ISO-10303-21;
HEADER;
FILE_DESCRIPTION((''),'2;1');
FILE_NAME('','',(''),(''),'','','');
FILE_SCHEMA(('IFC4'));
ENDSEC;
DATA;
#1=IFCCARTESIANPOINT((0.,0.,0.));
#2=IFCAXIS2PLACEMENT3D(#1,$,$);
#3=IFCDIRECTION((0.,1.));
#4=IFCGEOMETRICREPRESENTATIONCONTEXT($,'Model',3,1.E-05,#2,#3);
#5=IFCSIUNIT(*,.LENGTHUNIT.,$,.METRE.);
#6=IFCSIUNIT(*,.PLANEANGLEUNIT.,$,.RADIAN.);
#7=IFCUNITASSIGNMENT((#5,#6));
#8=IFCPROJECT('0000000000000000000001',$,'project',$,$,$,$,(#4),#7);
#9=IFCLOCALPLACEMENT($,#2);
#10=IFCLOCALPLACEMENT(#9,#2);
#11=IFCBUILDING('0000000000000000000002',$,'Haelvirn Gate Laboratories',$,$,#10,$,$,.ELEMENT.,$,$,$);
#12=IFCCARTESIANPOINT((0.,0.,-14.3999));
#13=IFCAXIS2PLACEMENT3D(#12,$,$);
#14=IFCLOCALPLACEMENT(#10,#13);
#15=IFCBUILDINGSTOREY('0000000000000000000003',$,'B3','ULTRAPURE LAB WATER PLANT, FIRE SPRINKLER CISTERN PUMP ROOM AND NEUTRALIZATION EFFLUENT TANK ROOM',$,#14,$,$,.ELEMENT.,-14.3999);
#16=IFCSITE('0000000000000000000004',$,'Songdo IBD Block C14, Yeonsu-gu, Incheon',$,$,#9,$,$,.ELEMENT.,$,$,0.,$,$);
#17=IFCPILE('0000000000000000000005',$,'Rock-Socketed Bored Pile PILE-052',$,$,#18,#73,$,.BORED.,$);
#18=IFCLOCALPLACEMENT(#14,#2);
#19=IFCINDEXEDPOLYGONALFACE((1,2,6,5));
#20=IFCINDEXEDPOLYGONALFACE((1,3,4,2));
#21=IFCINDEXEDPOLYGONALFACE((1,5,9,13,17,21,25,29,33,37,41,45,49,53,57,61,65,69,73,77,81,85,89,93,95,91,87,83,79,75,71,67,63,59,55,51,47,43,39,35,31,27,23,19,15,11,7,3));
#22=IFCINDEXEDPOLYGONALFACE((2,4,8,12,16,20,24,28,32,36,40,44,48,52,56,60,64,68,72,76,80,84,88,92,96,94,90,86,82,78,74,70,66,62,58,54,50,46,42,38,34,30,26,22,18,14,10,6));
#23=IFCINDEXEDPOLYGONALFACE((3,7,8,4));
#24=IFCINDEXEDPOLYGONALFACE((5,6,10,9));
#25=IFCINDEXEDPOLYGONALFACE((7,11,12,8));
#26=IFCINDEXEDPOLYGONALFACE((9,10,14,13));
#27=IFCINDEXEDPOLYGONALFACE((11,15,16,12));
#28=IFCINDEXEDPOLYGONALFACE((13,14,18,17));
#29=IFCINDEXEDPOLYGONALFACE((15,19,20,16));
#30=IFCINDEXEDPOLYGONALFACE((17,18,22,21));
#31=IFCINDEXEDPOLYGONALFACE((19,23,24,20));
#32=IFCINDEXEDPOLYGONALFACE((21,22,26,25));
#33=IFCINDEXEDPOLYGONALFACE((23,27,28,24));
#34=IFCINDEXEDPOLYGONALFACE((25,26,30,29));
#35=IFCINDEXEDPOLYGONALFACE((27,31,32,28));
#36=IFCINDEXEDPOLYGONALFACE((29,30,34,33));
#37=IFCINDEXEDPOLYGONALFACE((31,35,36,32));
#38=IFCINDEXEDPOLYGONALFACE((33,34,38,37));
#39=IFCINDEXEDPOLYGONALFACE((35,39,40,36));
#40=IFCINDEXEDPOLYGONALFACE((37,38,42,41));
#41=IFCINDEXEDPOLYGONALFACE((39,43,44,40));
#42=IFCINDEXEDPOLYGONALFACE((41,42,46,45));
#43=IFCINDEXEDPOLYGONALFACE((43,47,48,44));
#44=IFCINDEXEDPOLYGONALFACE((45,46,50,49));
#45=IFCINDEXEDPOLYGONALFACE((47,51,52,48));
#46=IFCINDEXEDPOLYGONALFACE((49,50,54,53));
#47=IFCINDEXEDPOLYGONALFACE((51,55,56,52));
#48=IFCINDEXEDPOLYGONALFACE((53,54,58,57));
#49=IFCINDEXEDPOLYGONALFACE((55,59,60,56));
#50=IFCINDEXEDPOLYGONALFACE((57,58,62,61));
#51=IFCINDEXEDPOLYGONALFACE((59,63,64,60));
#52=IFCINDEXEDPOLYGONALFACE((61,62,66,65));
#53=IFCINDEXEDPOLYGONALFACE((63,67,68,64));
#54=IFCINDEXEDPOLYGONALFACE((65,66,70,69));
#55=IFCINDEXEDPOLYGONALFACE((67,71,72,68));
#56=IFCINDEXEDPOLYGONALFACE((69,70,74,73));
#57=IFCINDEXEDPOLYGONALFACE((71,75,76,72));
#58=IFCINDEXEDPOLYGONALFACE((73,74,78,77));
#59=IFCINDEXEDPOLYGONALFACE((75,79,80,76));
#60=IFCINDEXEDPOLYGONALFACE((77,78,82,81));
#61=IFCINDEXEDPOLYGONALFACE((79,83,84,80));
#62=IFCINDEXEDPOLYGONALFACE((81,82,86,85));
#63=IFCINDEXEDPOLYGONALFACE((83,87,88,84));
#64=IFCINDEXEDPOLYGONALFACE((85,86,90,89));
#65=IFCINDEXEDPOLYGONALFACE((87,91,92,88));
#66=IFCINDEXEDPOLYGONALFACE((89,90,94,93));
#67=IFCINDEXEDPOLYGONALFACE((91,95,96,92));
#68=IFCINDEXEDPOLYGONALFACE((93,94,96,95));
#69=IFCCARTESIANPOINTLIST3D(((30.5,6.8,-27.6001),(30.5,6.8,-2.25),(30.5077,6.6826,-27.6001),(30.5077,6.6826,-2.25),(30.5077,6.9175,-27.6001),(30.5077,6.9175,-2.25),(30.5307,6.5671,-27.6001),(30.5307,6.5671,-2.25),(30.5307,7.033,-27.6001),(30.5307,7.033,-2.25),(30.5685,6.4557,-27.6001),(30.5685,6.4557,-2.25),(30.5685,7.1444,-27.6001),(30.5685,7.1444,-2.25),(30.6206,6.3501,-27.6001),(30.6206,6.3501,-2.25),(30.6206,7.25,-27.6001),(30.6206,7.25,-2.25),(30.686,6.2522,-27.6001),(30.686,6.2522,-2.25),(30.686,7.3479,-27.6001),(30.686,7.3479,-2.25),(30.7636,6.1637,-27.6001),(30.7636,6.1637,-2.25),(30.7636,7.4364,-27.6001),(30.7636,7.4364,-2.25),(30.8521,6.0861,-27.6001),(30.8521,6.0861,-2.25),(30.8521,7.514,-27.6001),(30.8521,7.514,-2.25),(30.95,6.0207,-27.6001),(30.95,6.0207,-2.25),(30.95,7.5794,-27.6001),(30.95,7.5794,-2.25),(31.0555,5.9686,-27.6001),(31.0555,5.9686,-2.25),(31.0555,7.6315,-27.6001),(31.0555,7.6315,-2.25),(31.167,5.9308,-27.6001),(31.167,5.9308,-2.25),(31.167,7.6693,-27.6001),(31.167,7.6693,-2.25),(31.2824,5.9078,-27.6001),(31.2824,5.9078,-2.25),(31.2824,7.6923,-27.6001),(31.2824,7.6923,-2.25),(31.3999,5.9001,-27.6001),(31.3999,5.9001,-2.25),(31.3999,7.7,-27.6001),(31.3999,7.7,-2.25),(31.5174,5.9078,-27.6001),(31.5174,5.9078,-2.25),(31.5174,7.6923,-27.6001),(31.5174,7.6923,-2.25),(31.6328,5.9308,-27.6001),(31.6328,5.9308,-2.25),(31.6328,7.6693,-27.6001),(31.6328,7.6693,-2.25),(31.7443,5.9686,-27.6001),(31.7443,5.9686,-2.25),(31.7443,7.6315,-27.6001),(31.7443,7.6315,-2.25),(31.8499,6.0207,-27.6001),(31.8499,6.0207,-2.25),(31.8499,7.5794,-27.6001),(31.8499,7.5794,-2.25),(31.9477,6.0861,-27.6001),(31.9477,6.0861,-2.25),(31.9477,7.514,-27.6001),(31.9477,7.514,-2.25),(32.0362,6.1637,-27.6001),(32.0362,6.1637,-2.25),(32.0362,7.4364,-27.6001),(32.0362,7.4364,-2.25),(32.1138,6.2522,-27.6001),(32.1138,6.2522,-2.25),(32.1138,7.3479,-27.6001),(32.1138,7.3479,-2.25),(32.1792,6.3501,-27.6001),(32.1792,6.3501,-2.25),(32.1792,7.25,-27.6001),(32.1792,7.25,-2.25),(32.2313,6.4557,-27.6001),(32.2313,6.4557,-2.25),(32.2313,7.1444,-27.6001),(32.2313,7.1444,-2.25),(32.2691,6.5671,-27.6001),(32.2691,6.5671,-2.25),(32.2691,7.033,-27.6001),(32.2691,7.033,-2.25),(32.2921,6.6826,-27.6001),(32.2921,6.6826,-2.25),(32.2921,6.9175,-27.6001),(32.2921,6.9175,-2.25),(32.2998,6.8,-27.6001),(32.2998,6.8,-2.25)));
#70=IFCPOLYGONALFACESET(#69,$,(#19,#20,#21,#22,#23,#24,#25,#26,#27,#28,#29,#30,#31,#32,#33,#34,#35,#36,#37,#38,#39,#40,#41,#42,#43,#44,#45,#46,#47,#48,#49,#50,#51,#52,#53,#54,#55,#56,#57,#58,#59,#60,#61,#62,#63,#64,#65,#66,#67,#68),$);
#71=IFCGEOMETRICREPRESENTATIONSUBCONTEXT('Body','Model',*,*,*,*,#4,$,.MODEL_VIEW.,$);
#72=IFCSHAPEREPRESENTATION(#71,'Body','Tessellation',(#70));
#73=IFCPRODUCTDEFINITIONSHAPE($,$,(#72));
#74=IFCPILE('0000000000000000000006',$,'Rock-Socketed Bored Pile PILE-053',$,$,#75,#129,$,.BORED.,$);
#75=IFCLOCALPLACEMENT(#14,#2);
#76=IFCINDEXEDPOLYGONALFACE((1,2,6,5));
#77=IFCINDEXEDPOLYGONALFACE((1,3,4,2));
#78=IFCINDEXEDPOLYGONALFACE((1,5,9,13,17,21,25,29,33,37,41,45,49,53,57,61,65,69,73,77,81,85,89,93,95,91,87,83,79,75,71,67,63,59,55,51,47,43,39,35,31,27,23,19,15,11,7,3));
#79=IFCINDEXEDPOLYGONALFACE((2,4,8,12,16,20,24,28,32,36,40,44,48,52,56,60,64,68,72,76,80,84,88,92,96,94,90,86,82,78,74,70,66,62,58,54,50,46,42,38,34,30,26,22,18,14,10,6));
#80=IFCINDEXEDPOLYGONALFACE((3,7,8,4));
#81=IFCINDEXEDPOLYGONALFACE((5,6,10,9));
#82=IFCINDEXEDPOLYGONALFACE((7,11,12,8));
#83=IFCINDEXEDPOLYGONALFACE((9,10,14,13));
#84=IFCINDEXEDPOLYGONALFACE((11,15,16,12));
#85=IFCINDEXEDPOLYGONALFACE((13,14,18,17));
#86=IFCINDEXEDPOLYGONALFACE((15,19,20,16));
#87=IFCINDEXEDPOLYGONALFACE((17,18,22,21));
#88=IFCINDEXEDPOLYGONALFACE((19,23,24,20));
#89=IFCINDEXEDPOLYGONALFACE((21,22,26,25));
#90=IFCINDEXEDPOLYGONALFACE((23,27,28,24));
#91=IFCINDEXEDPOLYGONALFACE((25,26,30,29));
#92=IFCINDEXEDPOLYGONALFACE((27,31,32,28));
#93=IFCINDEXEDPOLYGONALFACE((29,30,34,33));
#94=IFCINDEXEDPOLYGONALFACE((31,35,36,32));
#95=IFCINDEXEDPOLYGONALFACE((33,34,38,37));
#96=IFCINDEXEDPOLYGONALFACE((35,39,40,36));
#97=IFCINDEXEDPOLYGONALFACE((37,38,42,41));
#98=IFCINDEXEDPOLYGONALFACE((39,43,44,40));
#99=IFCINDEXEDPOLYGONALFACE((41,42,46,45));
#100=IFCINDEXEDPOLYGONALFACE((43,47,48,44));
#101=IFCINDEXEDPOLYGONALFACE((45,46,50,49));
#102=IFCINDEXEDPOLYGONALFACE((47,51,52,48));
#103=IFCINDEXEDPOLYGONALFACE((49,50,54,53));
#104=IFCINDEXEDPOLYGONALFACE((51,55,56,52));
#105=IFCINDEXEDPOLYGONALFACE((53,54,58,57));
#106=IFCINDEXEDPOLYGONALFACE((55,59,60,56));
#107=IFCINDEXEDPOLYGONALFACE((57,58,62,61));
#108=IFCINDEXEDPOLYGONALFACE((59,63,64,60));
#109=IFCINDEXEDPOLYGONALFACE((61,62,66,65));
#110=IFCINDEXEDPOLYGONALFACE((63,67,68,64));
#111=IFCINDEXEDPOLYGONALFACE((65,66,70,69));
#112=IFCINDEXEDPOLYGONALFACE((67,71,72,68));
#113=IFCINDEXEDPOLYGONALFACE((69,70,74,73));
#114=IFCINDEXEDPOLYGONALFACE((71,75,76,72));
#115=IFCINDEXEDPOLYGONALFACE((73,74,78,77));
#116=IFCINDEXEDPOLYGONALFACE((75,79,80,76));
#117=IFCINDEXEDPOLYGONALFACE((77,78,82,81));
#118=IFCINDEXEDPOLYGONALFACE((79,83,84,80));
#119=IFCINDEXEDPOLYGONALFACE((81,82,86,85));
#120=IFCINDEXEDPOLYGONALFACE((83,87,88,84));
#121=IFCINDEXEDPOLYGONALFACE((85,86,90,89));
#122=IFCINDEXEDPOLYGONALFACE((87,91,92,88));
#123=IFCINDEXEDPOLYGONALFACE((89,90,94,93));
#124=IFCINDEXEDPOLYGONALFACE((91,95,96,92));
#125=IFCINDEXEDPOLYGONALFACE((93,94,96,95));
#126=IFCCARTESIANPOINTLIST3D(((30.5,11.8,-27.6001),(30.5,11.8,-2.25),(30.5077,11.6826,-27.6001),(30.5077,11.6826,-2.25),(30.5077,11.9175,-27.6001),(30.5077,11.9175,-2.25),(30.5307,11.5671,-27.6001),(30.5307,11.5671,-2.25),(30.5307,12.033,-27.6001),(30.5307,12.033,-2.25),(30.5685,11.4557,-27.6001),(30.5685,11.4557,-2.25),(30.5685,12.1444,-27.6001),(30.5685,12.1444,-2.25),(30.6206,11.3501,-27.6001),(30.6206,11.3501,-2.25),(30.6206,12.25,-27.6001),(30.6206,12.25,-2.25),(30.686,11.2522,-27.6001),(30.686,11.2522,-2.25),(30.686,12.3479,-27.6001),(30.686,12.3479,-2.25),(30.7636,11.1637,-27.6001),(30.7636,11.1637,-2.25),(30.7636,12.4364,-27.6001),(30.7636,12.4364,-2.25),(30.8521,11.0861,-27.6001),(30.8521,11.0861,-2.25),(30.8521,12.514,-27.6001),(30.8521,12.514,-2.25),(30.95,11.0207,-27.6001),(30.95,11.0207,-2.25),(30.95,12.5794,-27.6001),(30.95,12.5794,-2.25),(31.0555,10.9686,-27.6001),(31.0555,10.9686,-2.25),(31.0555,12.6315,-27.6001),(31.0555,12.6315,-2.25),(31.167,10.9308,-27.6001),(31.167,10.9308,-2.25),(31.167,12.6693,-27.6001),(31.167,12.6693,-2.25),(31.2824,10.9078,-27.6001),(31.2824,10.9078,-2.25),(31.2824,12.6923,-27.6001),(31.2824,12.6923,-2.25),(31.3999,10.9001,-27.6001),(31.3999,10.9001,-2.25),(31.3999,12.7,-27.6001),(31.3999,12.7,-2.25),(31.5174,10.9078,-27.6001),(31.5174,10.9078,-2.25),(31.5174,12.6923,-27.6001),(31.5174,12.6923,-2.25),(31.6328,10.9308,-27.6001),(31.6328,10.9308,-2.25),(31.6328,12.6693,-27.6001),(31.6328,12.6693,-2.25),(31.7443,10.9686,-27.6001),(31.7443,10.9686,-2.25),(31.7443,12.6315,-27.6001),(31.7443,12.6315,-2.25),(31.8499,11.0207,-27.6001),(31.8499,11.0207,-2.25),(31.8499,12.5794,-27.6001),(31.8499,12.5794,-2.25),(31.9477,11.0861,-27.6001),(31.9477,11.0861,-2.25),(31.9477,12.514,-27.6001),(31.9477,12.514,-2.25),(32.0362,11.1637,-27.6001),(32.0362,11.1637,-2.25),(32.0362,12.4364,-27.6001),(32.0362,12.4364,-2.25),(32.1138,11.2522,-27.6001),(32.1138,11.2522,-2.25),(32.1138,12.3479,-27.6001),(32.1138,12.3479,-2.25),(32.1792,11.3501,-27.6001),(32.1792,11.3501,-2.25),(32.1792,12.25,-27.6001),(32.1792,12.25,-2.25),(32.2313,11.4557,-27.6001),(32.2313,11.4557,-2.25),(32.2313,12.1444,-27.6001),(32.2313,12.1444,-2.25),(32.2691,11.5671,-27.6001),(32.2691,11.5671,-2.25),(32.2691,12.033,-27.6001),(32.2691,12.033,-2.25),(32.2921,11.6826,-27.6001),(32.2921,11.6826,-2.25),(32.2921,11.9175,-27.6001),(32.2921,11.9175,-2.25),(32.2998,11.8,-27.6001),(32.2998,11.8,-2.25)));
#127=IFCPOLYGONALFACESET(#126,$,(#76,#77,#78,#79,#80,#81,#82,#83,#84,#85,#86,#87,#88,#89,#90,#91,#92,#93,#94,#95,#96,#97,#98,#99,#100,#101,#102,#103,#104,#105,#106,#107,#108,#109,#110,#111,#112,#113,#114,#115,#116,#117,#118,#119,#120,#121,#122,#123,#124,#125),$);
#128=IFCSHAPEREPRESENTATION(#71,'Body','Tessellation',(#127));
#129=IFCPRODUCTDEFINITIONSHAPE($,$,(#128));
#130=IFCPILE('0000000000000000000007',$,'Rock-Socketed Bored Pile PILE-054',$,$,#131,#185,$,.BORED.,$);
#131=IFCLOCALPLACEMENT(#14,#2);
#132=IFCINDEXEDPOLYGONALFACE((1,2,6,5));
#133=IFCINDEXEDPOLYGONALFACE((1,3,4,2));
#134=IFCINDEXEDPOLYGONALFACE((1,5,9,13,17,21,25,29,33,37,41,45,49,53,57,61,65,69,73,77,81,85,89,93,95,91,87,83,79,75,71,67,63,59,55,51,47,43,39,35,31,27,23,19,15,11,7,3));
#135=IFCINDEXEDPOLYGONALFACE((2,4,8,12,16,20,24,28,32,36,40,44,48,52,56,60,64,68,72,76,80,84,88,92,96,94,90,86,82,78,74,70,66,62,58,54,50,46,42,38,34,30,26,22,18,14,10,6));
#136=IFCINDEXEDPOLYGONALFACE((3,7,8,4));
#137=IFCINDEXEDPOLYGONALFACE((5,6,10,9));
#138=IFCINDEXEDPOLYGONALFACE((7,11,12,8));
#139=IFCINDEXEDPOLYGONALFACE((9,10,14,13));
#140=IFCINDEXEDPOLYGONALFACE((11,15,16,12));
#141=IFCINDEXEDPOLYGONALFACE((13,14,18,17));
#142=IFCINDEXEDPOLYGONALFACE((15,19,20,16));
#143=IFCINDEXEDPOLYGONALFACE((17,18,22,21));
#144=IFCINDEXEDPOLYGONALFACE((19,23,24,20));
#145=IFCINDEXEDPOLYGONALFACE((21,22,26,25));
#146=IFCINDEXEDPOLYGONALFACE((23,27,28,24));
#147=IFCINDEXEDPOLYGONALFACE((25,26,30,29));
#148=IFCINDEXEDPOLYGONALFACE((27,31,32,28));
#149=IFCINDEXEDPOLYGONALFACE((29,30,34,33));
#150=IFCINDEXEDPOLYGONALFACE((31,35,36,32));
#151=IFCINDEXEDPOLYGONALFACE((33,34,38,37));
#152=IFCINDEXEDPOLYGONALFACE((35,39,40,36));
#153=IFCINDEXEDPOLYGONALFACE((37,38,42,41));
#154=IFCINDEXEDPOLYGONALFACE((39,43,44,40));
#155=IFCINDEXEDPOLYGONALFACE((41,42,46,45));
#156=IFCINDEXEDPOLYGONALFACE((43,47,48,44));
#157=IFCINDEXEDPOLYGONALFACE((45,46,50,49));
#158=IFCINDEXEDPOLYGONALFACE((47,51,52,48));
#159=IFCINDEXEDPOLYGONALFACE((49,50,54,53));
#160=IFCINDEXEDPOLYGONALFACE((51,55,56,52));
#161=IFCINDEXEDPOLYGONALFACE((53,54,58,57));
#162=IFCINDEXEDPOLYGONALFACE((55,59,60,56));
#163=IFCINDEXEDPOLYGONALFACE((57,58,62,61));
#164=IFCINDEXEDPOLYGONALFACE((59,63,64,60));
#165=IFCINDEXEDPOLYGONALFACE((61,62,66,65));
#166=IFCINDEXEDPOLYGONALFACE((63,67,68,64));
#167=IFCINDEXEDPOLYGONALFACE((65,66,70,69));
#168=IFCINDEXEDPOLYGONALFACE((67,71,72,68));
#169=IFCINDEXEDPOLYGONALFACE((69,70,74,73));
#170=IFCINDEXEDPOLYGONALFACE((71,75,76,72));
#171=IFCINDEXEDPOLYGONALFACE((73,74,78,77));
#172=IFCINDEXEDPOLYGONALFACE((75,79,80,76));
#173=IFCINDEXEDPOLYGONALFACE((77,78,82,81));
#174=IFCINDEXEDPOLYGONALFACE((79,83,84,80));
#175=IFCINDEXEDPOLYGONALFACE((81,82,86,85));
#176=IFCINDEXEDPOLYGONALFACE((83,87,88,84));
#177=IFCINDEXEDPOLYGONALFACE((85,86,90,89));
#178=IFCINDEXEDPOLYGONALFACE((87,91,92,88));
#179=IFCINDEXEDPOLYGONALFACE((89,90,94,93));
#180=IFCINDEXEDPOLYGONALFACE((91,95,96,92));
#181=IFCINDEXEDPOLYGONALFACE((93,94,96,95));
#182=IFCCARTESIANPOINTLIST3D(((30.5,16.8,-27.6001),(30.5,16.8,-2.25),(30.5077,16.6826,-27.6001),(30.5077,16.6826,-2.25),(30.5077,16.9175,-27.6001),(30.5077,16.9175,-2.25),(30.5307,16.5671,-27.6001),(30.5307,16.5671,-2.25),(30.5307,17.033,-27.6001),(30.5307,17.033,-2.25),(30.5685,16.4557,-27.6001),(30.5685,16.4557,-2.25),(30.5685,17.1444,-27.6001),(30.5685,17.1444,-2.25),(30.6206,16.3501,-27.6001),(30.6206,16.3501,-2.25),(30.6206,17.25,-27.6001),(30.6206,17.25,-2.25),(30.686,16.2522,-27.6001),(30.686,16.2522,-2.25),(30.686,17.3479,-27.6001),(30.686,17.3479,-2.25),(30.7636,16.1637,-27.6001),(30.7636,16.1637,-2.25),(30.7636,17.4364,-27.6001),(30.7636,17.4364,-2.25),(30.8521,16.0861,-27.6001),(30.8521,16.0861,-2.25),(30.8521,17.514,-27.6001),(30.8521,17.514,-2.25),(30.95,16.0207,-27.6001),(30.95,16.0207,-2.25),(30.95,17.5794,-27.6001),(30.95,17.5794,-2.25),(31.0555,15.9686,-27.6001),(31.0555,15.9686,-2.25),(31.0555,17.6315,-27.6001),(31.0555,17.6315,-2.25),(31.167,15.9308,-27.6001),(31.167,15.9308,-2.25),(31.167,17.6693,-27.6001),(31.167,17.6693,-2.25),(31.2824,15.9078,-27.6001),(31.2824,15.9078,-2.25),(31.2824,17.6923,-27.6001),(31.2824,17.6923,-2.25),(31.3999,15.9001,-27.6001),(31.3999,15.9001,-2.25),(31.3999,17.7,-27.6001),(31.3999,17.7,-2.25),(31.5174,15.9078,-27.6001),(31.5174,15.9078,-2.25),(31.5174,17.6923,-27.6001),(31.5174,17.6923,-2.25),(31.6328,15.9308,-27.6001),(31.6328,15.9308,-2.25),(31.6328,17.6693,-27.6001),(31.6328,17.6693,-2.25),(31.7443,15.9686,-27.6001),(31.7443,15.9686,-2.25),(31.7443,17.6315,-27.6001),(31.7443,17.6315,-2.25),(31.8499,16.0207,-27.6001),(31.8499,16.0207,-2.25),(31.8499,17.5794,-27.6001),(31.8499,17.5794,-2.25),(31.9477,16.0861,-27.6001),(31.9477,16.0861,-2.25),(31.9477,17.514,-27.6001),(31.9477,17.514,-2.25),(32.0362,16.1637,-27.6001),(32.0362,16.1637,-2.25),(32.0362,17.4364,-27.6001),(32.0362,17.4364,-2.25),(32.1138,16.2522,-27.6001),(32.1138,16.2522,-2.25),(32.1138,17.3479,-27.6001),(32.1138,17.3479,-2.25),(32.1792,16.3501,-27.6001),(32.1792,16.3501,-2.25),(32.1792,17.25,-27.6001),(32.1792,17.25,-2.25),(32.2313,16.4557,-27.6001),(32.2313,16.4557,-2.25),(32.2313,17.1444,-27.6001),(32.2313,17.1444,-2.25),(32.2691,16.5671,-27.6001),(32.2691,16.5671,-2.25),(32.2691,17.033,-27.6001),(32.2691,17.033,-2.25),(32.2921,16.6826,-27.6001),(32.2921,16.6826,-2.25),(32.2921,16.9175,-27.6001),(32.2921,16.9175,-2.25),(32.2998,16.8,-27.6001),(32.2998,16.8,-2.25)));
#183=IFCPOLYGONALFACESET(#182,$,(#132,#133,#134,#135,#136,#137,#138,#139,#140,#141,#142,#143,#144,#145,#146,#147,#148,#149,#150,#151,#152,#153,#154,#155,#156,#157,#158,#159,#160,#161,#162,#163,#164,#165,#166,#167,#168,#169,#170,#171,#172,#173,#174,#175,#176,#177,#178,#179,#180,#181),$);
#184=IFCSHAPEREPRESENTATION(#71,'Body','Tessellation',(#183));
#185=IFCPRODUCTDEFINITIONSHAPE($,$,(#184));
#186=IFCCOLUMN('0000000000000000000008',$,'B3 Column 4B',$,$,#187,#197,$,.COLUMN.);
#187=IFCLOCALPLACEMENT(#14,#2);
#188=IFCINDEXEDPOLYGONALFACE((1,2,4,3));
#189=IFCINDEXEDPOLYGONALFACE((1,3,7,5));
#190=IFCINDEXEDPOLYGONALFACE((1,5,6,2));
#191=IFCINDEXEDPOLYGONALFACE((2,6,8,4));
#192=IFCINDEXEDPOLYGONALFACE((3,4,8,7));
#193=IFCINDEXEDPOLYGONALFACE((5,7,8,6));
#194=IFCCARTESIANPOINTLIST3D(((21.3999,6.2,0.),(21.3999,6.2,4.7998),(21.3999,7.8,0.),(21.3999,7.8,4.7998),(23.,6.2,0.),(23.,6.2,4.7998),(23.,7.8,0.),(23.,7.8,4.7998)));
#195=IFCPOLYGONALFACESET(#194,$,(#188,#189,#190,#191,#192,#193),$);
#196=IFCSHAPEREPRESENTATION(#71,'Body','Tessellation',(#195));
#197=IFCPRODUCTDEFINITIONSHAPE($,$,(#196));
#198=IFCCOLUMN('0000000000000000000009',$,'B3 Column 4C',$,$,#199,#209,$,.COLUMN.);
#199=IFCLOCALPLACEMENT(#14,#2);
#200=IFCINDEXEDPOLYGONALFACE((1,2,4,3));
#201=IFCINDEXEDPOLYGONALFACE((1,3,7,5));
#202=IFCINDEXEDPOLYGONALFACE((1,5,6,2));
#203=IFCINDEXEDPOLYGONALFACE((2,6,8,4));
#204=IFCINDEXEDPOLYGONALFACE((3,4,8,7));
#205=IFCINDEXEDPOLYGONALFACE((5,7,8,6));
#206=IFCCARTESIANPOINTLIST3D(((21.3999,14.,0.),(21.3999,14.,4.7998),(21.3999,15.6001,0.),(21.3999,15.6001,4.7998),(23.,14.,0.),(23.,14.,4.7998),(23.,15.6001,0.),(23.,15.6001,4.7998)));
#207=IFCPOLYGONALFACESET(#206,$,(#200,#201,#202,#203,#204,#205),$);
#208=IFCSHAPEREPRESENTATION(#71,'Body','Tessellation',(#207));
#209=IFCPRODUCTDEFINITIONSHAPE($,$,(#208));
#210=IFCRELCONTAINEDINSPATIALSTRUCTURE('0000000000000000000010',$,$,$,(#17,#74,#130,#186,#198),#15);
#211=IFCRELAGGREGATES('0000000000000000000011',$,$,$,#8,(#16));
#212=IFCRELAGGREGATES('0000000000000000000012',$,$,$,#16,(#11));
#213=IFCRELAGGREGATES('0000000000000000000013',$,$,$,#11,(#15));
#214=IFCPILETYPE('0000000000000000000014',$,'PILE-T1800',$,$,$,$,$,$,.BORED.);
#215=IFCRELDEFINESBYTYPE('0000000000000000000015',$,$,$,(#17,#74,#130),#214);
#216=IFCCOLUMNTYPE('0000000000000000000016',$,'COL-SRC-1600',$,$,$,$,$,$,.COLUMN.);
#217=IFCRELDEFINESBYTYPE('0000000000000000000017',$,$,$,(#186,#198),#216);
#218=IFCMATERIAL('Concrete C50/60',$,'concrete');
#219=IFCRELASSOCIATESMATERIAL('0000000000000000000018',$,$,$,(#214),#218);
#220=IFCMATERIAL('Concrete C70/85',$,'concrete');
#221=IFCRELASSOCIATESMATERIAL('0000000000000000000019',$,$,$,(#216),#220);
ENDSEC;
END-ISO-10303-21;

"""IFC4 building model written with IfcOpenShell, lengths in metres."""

from ifc_helpers import new_model, si_unit, direction, frame, origin, origin_2d, place, context, subcontext, project, spatial, rectangle, circle, extrude, source, transform, mapped, material, material_profile, profile_set, type_object, type_shapes, element, save


model = new_model("IFC4")

# Units and contexts
model_context = context("Model", 3, precision=1e-05, world=origin(), true_north=direction((0.0, 1.0)))
body_context = subcontext(model_context, "Body", "Model", "MODEL_VIEW")
ifc_project = project(units=[si_unit("LENGTHUNIT", "METRE"), si_unit("PLANEANGLEUNIT", "RADIAN")], contexts=[model_context])

# Site, building, storey
site_placement = place(None, origin())
site = spatial("IfcSite", under=ifc_project, at=site_placement, Name="Songdo IBD Block C14, Yeonsu-gu, Incheon", CompositionType="ELEMENT", RefElevation=0.0)
building_placement = place(site_placement, origin())
building = spatial("IfcBuilding", under=site, at=building_placement, Name="Haelvirn Gate Laboratories", CompositionType="ELEMENT")
storey_placement = place(building_placement, frame((0.0, 0.0, -14.3999)))
storey = spatial("IfcBuildingStorey", under=building, at=storey_placement, Name="B3", Description="ULTRAPURE LAB WATER PLANT, FIRE SPRINKLER CISTERN PUMP ROOM AND NEUTRALIZATION EFFLUENT TANK ROOM", CompositionType="ELEMENT", Elevation=-14.3999)

# Piles
ifc_material_1 = material(Name="Concrete C50/60", Category="concrete")
ifc_material_profile_1 = material_profile(ifc_material_1, circle(Radius=0.8999, at=origin_2d()), Name="PILE-D1800")
ifc_profile_set_1 = profile_set([ifc_material_profile_1], Name="Concrete C50/60")
pile_type = type_object("IfcPileType", Name="PILE-T1800", PredefinedType="BORED", material=ifc_profile_set_1)
shared_shape_1 = source(origin(), body_context, "Body", "SweptSolid", [
    extrude(circle(Radius=0.8999, at=origin_2d()), origin(), (0.0, 0.0, 1.0), 25.3501),
])
for number, where, z_axis, x_axis, name in (
    (1, (31.3999, 6.8, -2.25), (0.0, 0.0, -1.0), (1.0, 0.0, 0.0), "Rock-Socketed Bored Pile PILE-052"),
    (2, (31.3999, 11.8, -2.25), (0.0, 0.0, -1.0), (1.0, 0.0, 0.0), "Rock-Socketed Bored Pile PILE-053"),
    (3, (31.3999, 16.8, -2.25), (0.0, 0.0, -1.0), (1.0, 0.0, 0.0), "Rock-Socketed Bored Pile PILE-054"),
):
    element("IfcPile", number, at=place(storey_placement, frame(where, z_axis=z_axis, x_axis=x_axis)), inside=storey, type_object=pile_type, Name=name, PredefinedType="BORED", context=body_context, shape_type="MappedRepresentation", body=[
        mapped(shared_shape_1, transform((0.0, 0.0, 0.0), scale=1.0)),
    ])

# Columns
ifc_material_2 = material(Name="Concrete C70/85", Category="concrete")
ifc_material_profile_2 = material_profile(ifc_material_2, rectangle(XDim=1.6001, YDim=1.6001, at=origin_2d()), Name="SRC-1600x1600")
ifc_profile_set_2 = profile_set([ifc_material_profile_2], Name="Concrete C70/85")
column_type = type_object("IfcColumnType", Name="COL-SRC-1600", PredefinedType="COLUMN", material=ifc_profile_set_2)
shared_shape_2 = source(origin(), body_context, "Body", "SweptSolid", [
    extrude(rectangle(XDim=1.6001, YDim=1.6001, at=origin_2d()), origin(), (0.0, 0.0, 1.0), 4.7998),
])
type_shapes(column_type, [shared_shape_2])
for number, where, z_axis, x_axis, name in (
    (4, (22.2, 7.0, 0.0), (0.0, 0.0, 1.0), (1.0, 0.0, 0.0), "B3 Column 4B"),
    (5, (22.2, 14.8, 0.0), (0.0, 0.0, 1.0), (1.0, 0.0, 0.0), "B3 Column 4C"),
):
    element("IfcColumn", number, at=place(storey_placement, frame(where, z_axis=z_axis, x_axis=x_axis)), inside=storey, type_object=column_type, Name=name, PredefinedType="COLUMN", context=body_context, shape_type="MappedRepresentation", body=[
        mapped(shared_shape_2, transform((0.0, 0.0, 0.0), scale=1.0)),
    ])

save(model, "model.ifc")
